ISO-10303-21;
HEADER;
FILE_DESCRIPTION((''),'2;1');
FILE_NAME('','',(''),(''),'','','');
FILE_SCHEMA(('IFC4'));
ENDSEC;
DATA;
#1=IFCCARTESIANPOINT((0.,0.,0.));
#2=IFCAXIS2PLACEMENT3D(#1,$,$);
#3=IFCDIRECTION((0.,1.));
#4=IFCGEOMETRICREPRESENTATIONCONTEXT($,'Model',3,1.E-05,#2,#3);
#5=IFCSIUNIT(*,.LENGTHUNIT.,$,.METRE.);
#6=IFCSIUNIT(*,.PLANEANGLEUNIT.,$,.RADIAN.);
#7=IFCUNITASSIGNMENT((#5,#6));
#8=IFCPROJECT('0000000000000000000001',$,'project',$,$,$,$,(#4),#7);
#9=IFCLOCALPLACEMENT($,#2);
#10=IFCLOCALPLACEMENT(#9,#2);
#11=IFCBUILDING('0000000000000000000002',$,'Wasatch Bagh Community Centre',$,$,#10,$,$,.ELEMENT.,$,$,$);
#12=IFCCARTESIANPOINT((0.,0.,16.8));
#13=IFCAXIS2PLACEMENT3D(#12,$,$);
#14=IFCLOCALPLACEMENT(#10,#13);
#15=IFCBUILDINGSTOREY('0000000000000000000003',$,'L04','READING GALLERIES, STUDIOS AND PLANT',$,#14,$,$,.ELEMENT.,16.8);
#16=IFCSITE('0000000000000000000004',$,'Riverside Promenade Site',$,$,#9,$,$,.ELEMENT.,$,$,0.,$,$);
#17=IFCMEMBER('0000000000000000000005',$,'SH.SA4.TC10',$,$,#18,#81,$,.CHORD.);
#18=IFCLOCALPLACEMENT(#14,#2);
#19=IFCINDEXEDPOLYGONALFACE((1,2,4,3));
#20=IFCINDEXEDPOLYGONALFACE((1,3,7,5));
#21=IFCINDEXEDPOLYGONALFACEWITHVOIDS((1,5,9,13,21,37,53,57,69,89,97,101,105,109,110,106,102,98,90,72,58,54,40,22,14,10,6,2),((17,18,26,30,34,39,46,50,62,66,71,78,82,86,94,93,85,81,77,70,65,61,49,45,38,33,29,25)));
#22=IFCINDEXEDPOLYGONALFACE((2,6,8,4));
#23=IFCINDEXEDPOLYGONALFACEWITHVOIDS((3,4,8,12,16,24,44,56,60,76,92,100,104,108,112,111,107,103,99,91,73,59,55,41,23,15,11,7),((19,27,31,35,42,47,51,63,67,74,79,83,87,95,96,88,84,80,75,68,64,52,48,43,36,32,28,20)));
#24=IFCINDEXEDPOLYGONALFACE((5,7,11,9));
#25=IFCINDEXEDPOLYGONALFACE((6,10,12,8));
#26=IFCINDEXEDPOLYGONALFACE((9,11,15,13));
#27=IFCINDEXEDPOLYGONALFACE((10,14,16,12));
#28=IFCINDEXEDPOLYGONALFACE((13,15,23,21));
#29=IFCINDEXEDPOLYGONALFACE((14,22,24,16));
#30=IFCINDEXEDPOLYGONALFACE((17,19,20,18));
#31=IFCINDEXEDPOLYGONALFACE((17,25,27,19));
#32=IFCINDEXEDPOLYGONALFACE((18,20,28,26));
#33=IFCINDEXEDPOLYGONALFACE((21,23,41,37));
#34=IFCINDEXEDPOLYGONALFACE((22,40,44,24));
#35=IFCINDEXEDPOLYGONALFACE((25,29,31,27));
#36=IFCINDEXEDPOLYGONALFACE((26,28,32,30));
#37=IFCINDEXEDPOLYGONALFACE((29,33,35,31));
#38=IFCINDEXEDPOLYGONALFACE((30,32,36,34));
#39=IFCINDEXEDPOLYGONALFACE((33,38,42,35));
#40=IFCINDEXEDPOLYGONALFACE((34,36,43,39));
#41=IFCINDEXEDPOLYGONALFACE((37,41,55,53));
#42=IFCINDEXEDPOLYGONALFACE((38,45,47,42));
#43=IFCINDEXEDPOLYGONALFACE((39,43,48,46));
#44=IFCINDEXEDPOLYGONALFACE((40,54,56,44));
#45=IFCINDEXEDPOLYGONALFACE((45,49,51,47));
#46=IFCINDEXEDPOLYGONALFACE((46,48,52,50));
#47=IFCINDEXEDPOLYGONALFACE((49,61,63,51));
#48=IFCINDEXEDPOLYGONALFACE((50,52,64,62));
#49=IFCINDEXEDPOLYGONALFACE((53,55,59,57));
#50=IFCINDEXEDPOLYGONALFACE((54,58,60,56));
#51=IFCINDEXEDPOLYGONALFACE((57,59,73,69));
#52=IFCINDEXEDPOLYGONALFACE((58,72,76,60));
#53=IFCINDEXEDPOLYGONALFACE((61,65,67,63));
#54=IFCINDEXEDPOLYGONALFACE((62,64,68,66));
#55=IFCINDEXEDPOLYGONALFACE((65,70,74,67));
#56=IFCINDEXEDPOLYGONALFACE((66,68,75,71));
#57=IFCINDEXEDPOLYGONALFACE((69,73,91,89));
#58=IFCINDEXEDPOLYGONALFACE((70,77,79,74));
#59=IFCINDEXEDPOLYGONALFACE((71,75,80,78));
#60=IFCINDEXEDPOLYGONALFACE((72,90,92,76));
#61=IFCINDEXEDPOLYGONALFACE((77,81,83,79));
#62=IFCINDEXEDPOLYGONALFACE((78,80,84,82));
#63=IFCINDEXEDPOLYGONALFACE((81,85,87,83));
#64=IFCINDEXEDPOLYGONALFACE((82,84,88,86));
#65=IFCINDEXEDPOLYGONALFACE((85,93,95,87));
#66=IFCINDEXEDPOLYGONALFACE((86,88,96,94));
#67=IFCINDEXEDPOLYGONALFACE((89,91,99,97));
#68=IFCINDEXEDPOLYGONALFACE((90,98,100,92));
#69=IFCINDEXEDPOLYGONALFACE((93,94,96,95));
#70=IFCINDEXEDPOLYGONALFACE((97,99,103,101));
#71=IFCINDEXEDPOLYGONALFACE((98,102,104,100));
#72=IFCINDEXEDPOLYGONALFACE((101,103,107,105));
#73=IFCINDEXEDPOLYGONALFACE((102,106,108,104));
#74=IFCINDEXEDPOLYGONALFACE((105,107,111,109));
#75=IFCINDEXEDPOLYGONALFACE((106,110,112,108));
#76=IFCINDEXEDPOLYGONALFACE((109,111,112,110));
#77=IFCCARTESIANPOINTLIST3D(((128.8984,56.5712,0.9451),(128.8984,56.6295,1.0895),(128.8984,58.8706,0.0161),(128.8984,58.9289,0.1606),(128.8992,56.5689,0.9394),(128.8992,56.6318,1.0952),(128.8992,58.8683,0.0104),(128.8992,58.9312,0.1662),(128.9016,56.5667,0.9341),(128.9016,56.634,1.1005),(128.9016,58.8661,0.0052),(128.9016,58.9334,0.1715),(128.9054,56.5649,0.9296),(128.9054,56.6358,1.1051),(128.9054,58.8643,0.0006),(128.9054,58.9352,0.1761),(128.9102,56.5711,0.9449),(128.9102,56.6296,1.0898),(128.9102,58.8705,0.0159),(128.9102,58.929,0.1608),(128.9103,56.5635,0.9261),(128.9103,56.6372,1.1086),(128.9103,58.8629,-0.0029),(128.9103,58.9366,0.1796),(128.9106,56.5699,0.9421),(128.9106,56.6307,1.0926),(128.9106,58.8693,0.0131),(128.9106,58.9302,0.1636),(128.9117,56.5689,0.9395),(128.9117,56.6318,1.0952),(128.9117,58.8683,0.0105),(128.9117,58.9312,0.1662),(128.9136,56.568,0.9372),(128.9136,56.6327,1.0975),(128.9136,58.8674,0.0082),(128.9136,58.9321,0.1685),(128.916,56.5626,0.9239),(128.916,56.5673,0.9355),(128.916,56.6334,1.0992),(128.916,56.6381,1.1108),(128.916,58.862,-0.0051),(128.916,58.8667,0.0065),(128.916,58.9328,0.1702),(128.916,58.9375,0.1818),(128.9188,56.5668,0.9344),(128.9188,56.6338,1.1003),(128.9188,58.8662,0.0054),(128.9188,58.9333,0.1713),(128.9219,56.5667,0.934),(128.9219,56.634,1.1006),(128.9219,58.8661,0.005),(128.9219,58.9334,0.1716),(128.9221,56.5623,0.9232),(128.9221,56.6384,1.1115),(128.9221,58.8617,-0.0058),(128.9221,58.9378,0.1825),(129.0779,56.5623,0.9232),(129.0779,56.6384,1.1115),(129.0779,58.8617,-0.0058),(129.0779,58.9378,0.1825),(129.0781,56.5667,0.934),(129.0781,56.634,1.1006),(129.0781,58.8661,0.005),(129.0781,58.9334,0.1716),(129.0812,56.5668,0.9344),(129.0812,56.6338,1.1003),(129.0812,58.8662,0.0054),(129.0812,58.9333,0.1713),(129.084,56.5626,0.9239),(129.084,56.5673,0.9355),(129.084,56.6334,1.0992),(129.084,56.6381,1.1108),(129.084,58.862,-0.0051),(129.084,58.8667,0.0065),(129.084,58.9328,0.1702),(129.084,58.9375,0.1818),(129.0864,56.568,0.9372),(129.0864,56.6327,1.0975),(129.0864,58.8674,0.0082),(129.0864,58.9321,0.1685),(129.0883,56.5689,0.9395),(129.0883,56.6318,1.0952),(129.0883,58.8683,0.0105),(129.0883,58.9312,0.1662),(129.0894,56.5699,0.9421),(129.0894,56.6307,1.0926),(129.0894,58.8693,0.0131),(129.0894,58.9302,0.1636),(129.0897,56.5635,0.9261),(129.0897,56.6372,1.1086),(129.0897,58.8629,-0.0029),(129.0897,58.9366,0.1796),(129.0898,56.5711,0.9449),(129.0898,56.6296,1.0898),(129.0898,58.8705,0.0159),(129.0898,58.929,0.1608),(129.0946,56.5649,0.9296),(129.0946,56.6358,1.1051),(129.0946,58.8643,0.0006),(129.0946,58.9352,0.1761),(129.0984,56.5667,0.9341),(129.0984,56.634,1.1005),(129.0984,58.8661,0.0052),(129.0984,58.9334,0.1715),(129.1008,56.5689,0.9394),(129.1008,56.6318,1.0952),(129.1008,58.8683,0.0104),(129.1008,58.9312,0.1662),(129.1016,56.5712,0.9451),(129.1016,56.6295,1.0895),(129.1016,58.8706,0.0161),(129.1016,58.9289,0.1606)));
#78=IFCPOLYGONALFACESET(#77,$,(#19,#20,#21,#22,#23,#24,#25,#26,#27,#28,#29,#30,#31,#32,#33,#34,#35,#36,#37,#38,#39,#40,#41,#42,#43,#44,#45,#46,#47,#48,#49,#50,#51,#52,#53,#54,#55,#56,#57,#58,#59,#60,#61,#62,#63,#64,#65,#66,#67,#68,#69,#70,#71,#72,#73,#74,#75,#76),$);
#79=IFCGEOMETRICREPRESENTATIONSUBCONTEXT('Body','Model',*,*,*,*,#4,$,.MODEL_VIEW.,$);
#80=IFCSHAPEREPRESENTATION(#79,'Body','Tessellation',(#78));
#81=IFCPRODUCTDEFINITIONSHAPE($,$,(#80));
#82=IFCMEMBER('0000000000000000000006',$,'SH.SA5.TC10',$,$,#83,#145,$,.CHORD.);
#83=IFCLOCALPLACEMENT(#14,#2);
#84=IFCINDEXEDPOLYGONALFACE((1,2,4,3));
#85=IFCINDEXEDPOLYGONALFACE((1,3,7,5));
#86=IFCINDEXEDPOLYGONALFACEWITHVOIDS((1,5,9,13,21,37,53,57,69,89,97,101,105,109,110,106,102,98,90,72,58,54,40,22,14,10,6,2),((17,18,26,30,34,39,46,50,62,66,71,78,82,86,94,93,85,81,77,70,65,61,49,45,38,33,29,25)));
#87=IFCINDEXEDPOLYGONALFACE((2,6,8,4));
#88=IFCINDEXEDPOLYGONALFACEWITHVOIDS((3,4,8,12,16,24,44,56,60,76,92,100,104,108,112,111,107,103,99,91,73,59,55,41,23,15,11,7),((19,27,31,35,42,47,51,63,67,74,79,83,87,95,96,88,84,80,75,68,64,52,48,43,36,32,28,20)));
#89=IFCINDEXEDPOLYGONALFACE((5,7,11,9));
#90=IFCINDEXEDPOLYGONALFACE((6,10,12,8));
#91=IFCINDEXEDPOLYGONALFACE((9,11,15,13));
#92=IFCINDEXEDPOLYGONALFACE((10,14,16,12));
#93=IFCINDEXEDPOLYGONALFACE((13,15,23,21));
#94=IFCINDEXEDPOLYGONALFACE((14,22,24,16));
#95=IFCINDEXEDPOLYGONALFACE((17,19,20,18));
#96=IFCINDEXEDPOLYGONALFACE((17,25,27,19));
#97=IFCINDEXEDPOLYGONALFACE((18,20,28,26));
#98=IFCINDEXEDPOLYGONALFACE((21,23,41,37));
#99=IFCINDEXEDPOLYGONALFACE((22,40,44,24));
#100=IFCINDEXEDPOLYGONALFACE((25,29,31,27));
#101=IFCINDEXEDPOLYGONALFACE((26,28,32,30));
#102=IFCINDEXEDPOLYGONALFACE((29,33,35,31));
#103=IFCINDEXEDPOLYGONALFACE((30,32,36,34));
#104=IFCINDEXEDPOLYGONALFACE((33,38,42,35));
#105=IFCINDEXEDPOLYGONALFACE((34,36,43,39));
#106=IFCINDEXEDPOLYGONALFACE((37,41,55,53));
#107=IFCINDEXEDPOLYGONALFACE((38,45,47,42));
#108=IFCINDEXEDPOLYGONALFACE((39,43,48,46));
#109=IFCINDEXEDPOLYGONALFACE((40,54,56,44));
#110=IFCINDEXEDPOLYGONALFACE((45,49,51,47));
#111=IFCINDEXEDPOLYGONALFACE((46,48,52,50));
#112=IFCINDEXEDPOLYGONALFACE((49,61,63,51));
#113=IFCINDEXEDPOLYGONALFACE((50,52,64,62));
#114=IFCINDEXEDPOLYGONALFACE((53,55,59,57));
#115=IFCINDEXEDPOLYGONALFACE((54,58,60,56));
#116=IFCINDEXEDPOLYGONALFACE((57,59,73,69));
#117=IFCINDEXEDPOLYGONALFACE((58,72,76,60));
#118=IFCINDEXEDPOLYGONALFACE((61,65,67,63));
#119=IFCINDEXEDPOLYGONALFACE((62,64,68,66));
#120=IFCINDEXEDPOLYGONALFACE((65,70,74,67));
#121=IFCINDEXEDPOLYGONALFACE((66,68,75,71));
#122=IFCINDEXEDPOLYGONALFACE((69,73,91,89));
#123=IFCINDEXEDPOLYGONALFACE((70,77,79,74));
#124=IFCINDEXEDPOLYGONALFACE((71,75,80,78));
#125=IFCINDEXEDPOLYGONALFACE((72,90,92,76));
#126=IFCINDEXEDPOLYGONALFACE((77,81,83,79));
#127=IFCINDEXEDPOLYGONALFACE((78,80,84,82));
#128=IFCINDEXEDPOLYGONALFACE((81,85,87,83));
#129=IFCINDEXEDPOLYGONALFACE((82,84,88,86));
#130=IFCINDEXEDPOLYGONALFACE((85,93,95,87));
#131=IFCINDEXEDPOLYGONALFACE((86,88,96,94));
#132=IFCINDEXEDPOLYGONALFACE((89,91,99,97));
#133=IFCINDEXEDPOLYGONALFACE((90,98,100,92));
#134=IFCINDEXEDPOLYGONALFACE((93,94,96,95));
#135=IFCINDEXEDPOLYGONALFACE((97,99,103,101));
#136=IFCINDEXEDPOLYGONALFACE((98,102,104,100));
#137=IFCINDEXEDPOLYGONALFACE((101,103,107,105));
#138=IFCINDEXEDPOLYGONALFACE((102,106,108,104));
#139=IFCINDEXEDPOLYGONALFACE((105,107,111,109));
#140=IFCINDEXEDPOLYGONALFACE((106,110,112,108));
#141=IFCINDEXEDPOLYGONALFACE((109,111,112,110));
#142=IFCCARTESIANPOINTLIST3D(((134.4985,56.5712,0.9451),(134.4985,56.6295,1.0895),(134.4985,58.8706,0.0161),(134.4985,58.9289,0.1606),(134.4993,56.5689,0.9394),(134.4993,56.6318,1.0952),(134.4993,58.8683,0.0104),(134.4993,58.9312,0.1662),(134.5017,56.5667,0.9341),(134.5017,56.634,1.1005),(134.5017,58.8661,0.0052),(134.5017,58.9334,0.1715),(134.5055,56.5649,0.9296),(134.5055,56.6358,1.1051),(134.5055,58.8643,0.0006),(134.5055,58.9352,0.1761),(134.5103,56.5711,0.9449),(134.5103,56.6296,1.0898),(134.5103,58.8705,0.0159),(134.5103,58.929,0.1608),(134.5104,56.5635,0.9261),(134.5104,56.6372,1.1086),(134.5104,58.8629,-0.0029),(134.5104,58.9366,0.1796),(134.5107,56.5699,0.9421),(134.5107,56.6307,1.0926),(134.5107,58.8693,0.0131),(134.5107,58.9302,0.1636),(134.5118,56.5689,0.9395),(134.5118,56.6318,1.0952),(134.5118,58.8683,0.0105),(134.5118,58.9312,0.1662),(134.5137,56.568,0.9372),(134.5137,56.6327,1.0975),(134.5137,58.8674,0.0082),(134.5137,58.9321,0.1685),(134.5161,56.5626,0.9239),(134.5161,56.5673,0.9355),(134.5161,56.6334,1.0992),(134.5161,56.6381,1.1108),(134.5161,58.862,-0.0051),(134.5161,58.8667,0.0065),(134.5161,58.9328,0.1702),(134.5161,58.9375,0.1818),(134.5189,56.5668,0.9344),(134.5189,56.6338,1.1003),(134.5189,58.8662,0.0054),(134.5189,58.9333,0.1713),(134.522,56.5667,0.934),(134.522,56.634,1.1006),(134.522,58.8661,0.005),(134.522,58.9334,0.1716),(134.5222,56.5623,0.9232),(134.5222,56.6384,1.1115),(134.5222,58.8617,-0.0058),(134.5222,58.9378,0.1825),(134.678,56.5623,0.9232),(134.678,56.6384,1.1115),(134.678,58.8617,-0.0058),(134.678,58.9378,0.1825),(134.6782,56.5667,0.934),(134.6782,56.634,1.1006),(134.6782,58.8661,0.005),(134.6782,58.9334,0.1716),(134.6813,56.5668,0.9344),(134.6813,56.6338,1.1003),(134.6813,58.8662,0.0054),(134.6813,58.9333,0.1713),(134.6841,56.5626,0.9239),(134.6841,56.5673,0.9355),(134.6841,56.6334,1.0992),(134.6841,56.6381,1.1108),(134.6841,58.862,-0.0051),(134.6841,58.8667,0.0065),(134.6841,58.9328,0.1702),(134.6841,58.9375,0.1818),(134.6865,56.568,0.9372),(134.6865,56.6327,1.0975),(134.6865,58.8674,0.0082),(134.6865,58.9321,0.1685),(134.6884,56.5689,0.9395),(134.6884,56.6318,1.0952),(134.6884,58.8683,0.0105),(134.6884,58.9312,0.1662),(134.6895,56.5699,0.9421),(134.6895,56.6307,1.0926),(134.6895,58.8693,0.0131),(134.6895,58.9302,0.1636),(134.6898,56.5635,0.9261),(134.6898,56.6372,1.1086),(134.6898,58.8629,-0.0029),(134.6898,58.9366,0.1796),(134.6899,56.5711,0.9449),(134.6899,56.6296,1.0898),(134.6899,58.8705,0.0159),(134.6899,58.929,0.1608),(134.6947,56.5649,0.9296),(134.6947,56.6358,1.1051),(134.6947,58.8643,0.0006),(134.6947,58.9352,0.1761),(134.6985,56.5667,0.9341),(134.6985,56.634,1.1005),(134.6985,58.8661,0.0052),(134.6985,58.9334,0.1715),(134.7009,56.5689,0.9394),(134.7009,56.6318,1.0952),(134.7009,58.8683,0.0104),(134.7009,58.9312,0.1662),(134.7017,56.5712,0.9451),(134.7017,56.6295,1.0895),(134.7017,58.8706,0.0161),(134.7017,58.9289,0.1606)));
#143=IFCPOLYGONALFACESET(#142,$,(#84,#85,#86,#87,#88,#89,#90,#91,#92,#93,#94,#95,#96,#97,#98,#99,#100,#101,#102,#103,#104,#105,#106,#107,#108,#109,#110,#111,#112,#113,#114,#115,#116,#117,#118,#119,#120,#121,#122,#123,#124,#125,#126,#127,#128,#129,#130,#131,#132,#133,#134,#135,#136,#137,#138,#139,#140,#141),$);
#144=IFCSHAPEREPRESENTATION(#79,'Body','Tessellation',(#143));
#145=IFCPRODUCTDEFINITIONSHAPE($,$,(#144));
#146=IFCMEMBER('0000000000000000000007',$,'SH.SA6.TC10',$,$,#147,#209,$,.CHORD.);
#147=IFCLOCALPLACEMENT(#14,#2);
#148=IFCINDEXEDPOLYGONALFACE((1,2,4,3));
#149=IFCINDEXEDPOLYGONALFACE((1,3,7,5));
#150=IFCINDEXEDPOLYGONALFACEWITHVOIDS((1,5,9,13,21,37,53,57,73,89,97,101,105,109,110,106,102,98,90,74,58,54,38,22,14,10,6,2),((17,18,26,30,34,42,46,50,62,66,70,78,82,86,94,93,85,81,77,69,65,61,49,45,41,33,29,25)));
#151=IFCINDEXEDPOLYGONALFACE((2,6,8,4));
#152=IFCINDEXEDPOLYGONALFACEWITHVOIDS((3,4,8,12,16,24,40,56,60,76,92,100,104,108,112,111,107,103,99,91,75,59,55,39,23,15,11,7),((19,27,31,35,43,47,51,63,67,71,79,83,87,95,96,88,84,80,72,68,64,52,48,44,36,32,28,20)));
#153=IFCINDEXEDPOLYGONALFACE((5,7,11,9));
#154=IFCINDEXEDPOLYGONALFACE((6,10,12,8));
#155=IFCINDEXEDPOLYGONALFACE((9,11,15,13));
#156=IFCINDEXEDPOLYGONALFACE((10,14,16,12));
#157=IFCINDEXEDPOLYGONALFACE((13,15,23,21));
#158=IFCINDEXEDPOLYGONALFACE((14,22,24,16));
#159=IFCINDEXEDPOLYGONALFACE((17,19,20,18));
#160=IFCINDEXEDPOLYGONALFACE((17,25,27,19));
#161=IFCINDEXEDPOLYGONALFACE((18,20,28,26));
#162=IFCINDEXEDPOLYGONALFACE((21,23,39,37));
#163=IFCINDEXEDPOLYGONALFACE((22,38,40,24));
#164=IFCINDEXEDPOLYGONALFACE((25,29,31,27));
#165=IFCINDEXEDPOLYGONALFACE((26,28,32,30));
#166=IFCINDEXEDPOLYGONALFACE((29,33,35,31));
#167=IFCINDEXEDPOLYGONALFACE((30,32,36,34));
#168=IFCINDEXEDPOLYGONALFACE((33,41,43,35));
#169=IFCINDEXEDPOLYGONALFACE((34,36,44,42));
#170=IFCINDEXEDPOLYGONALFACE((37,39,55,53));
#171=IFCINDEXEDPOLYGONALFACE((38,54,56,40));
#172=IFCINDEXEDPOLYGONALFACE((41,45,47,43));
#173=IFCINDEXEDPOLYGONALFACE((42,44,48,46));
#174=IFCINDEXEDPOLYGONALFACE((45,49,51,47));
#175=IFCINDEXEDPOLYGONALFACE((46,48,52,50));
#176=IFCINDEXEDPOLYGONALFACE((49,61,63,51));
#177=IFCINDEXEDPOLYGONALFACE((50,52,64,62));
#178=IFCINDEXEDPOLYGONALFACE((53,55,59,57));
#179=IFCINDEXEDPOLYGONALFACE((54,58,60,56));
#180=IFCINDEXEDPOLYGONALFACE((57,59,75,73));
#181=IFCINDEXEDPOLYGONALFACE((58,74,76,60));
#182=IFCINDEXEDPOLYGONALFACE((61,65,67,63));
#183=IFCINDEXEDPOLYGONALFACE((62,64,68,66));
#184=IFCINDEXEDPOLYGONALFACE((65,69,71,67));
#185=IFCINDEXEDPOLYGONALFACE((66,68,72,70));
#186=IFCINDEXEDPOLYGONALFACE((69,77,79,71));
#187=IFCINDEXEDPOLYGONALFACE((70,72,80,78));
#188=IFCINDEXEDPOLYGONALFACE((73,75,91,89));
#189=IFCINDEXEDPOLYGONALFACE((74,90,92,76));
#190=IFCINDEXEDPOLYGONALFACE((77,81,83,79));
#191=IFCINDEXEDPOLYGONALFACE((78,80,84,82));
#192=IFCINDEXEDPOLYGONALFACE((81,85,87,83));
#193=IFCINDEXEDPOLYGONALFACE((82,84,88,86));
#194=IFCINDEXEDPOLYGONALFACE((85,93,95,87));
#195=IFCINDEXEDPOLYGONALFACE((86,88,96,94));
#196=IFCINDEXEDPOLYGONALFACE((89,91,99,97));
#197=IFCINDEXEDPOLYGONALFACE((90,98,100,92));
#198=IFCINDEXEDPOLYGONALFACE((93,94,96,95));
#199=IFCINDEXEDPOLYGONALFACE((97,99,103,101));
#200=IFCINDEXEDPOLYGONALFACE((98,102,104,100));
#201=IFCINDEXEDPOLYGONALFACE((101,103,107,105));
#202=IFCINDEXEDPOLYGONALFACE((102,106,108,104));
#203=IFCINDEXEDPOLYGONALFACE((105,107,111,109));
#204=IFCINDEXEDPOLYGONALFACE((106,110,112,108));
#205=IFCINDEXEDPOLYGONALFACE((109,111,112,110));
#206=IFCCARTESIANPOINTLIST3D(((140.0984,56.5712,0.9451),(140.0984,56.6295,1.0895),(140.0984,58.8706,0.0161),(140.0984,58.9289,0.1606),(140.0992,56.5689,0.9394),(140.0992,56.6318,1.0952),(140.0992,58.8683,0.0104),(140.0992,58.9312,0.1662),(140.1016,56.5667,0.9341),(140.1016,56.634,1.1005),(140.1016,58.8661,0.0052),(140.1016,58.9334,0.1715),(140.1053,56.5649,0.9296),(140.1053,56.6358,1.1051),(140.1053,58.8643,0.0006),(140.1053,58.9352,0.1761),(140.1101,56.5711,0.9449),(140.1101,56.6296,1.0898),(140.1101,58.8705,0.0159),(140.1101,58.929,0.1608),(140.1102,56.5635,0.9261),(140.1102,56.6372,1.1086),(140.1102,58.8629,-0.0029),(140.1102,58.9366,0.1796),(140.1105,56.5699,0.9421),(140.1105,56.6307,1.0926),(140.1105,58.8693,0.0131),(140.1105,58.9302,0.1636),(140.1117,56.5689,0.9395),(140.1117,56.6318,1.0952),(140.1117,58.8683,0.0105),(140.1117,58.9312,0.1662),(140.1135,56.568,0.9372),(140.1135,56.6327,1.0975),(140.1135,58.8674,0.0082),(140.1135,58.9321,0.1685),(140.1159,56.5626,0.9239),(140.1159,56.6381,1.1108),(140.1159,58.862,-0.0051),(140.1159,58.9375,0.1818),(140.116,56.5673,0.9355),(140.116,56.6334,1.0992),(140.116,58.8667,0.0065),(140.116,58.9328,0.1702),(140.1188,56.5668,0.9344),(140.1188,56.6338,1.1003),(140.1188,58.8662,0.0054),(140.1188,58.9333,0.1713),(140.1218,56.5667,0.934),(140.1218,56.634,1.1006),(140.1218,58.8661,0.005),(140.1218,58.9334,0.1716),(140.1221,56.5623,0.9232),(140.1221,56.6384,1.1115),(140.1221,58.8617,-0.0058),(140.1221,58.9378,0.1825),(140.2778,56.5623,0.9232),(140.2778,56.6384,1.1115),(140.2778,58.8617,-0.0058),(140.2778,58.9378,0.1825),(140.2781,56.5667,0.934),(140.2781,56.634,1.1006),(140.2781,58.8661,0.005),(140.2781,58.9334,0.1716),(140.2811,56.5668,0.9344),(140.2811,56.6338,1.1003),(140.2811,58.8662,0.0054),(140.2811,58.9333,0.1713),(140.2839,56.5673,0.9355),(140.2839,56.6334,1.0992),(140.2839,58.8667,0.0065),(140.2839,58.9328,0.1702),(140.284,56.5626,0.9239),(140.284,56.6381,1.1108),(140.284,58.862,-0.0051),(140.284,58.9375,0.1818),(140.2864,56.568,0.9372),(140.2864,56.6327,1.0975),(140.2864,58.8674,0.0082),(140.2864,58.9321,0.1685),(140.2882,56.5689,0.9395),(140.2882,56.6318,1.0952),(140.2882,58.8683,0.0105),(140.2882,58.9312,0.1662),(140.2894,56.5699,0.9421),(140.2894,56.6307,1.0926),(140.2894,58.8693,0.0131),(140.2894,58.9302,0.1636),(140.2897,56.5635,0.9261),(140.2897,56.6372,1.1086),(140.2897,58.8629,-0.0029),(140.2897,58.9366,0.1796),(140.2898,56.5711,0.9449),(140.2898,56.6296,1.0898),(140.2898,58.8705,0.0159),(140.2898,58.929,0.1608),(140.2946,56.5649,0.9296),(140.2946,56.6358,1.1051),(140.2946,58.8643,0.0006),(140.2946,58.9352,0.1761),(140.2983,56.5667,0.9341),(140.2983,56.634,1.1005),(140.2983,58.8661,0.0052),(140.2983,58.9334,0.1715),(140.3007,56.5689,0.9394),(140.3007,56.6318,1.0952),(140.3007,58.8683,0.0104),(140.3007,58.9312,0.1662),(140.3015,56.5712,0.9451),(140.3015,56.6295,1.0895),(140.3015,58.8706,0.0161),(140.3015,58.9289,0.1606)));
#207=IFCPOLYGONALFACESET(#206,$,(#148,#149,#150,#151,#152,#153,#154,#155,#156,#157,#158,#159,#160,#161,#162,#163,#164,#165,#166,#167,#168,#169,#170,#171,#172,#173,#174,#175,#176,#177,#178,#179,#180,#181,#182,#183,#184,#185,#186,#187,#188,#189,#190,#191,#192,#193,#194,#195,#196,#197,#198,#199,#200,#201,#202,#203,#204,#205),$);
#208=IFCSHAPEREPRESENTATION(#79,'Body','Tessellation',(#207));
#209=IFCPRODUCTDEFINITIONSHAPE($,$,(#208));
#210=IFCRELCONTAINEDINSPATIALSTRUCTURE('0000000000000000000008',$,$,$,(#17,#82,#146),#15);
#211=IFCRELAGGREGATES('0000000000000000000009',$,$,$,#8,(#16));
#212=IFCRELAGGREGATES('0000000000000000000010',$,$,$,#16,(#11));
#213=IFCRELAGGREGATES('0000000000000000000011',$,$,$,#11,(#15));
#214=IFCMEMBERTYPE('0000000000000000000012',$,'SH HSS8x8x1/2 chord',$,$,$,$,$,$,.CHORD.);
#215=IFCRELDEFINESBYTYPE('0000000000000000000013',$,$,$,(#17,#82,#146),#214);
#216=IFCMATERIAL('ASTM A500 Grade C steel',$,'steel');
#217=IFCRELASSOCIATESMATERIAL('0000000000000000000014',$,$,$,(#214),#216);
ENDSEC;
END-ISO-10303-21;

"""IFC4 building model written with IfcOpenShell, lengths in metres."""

from ifc_helpers import new_model, si_unit, direction, frame, origin, origin_2d, place, context, subcontext, project, spatial, hollow_rectangle, extrude, material, material_profile, profile_set, type_object, element, save


model = new_model("IFC4")

# Units and contexts
model_context = context("Model", 3, precision=1e-05, world=origin(), true_north=direction((0.0, 1.0)))
body_context = subcontext(model_context, "Body", "Model", "MODEL_VIEW")
ifc_project = project(units=[si_unit("LENGTHUNIT", "METRE"), si_unit("PLANEANGLEUNIT", "RADIAN")], contexts=[model_context])

# Site, building, storey
site_placement = place(None, origin())
site = spatial("IfcSite", under=ifc_project, at=site_placement, Name="Riverside Promenade Site", CompositionType="ELEMENT", RefElevation=0.0)
building_placement = place(site_placement, origin())
building = spatial("IfcBuilding", under=site, at=building_placement, Name="Wasatch Bagh Community Centre", CompositionType="ELEMENT")
storey_placement = place(building_placement, frame((0.0, 0.0, 16.8)))
storey = spatial("IfcBuildingStorey", under=building, at=storey_placement, Name="L04", Description="READING GALLERIES, STUDIOS AND PLANT", CompositionType="ELEMENT", Elevation=16.8)

# Members
ifc_material_1 = material(Name="ASTM A500 Grade C steel", Category="steel")
ifc_material_profile_1 = material_profile(ifc_material_1, hollow_rectangle(XDim=0.2031, YDim=0.2031, WallThickness=0.0117, InnerFilletRadius=0.0117, OuterFilletRadius=0.0237, at=origin_2d()), Name="HSS8x8x1/2")
ifc_profile_set_1 = profile_set([ifc_material_profile_1], Name="ASTM A500 Grade C steel")
member_type_1 = type_object("IfcMemberType", Name="SH HSS8x8x1/2 chord", PredefinedType="CHORD", material=ifc_profile_set_1)
for number, where, z_axis, x_axis, name in (
    (1, (129.0, 56.6003, 1.0173), (0.0, 0.927188, -0.374597), (-1.0, 0.0, 0.0), "SH.SA4.TC10"),
    (2, (134.6001, 56.6003, 1.0173), (0.0, 0.927188, -0.374597), (-1.0, 0.0, 0.0), "SH.SA5.TC10"),
    (3, (140.2, 56.6003, 1.0173), (0.0, 0.927188, -0.374597), (-1.0, 0.0, 0.0), "SH.SA6.TC10"),
):
    element("IfcMember", number, at=place(storey_placement, frame(where, z_axis=z_axis, x_axis=x_axis)), inside=storey, type_object=member_type_1, Name=name, PredefinedType="CHORD", context=body_context, shape_type="SweptSolid", body=[
        extrude(hollow_rectangle(XDim=0.2031, YDim=0.2031, WallThickness=0.0117, InnerFilletRadius=0.0117, OuterFilletRadius=0.0237, at=origin_2d()), origin(), (0.0, 0.0, 1.0), 2.48),
    ])

save(model, "model.ifc")
